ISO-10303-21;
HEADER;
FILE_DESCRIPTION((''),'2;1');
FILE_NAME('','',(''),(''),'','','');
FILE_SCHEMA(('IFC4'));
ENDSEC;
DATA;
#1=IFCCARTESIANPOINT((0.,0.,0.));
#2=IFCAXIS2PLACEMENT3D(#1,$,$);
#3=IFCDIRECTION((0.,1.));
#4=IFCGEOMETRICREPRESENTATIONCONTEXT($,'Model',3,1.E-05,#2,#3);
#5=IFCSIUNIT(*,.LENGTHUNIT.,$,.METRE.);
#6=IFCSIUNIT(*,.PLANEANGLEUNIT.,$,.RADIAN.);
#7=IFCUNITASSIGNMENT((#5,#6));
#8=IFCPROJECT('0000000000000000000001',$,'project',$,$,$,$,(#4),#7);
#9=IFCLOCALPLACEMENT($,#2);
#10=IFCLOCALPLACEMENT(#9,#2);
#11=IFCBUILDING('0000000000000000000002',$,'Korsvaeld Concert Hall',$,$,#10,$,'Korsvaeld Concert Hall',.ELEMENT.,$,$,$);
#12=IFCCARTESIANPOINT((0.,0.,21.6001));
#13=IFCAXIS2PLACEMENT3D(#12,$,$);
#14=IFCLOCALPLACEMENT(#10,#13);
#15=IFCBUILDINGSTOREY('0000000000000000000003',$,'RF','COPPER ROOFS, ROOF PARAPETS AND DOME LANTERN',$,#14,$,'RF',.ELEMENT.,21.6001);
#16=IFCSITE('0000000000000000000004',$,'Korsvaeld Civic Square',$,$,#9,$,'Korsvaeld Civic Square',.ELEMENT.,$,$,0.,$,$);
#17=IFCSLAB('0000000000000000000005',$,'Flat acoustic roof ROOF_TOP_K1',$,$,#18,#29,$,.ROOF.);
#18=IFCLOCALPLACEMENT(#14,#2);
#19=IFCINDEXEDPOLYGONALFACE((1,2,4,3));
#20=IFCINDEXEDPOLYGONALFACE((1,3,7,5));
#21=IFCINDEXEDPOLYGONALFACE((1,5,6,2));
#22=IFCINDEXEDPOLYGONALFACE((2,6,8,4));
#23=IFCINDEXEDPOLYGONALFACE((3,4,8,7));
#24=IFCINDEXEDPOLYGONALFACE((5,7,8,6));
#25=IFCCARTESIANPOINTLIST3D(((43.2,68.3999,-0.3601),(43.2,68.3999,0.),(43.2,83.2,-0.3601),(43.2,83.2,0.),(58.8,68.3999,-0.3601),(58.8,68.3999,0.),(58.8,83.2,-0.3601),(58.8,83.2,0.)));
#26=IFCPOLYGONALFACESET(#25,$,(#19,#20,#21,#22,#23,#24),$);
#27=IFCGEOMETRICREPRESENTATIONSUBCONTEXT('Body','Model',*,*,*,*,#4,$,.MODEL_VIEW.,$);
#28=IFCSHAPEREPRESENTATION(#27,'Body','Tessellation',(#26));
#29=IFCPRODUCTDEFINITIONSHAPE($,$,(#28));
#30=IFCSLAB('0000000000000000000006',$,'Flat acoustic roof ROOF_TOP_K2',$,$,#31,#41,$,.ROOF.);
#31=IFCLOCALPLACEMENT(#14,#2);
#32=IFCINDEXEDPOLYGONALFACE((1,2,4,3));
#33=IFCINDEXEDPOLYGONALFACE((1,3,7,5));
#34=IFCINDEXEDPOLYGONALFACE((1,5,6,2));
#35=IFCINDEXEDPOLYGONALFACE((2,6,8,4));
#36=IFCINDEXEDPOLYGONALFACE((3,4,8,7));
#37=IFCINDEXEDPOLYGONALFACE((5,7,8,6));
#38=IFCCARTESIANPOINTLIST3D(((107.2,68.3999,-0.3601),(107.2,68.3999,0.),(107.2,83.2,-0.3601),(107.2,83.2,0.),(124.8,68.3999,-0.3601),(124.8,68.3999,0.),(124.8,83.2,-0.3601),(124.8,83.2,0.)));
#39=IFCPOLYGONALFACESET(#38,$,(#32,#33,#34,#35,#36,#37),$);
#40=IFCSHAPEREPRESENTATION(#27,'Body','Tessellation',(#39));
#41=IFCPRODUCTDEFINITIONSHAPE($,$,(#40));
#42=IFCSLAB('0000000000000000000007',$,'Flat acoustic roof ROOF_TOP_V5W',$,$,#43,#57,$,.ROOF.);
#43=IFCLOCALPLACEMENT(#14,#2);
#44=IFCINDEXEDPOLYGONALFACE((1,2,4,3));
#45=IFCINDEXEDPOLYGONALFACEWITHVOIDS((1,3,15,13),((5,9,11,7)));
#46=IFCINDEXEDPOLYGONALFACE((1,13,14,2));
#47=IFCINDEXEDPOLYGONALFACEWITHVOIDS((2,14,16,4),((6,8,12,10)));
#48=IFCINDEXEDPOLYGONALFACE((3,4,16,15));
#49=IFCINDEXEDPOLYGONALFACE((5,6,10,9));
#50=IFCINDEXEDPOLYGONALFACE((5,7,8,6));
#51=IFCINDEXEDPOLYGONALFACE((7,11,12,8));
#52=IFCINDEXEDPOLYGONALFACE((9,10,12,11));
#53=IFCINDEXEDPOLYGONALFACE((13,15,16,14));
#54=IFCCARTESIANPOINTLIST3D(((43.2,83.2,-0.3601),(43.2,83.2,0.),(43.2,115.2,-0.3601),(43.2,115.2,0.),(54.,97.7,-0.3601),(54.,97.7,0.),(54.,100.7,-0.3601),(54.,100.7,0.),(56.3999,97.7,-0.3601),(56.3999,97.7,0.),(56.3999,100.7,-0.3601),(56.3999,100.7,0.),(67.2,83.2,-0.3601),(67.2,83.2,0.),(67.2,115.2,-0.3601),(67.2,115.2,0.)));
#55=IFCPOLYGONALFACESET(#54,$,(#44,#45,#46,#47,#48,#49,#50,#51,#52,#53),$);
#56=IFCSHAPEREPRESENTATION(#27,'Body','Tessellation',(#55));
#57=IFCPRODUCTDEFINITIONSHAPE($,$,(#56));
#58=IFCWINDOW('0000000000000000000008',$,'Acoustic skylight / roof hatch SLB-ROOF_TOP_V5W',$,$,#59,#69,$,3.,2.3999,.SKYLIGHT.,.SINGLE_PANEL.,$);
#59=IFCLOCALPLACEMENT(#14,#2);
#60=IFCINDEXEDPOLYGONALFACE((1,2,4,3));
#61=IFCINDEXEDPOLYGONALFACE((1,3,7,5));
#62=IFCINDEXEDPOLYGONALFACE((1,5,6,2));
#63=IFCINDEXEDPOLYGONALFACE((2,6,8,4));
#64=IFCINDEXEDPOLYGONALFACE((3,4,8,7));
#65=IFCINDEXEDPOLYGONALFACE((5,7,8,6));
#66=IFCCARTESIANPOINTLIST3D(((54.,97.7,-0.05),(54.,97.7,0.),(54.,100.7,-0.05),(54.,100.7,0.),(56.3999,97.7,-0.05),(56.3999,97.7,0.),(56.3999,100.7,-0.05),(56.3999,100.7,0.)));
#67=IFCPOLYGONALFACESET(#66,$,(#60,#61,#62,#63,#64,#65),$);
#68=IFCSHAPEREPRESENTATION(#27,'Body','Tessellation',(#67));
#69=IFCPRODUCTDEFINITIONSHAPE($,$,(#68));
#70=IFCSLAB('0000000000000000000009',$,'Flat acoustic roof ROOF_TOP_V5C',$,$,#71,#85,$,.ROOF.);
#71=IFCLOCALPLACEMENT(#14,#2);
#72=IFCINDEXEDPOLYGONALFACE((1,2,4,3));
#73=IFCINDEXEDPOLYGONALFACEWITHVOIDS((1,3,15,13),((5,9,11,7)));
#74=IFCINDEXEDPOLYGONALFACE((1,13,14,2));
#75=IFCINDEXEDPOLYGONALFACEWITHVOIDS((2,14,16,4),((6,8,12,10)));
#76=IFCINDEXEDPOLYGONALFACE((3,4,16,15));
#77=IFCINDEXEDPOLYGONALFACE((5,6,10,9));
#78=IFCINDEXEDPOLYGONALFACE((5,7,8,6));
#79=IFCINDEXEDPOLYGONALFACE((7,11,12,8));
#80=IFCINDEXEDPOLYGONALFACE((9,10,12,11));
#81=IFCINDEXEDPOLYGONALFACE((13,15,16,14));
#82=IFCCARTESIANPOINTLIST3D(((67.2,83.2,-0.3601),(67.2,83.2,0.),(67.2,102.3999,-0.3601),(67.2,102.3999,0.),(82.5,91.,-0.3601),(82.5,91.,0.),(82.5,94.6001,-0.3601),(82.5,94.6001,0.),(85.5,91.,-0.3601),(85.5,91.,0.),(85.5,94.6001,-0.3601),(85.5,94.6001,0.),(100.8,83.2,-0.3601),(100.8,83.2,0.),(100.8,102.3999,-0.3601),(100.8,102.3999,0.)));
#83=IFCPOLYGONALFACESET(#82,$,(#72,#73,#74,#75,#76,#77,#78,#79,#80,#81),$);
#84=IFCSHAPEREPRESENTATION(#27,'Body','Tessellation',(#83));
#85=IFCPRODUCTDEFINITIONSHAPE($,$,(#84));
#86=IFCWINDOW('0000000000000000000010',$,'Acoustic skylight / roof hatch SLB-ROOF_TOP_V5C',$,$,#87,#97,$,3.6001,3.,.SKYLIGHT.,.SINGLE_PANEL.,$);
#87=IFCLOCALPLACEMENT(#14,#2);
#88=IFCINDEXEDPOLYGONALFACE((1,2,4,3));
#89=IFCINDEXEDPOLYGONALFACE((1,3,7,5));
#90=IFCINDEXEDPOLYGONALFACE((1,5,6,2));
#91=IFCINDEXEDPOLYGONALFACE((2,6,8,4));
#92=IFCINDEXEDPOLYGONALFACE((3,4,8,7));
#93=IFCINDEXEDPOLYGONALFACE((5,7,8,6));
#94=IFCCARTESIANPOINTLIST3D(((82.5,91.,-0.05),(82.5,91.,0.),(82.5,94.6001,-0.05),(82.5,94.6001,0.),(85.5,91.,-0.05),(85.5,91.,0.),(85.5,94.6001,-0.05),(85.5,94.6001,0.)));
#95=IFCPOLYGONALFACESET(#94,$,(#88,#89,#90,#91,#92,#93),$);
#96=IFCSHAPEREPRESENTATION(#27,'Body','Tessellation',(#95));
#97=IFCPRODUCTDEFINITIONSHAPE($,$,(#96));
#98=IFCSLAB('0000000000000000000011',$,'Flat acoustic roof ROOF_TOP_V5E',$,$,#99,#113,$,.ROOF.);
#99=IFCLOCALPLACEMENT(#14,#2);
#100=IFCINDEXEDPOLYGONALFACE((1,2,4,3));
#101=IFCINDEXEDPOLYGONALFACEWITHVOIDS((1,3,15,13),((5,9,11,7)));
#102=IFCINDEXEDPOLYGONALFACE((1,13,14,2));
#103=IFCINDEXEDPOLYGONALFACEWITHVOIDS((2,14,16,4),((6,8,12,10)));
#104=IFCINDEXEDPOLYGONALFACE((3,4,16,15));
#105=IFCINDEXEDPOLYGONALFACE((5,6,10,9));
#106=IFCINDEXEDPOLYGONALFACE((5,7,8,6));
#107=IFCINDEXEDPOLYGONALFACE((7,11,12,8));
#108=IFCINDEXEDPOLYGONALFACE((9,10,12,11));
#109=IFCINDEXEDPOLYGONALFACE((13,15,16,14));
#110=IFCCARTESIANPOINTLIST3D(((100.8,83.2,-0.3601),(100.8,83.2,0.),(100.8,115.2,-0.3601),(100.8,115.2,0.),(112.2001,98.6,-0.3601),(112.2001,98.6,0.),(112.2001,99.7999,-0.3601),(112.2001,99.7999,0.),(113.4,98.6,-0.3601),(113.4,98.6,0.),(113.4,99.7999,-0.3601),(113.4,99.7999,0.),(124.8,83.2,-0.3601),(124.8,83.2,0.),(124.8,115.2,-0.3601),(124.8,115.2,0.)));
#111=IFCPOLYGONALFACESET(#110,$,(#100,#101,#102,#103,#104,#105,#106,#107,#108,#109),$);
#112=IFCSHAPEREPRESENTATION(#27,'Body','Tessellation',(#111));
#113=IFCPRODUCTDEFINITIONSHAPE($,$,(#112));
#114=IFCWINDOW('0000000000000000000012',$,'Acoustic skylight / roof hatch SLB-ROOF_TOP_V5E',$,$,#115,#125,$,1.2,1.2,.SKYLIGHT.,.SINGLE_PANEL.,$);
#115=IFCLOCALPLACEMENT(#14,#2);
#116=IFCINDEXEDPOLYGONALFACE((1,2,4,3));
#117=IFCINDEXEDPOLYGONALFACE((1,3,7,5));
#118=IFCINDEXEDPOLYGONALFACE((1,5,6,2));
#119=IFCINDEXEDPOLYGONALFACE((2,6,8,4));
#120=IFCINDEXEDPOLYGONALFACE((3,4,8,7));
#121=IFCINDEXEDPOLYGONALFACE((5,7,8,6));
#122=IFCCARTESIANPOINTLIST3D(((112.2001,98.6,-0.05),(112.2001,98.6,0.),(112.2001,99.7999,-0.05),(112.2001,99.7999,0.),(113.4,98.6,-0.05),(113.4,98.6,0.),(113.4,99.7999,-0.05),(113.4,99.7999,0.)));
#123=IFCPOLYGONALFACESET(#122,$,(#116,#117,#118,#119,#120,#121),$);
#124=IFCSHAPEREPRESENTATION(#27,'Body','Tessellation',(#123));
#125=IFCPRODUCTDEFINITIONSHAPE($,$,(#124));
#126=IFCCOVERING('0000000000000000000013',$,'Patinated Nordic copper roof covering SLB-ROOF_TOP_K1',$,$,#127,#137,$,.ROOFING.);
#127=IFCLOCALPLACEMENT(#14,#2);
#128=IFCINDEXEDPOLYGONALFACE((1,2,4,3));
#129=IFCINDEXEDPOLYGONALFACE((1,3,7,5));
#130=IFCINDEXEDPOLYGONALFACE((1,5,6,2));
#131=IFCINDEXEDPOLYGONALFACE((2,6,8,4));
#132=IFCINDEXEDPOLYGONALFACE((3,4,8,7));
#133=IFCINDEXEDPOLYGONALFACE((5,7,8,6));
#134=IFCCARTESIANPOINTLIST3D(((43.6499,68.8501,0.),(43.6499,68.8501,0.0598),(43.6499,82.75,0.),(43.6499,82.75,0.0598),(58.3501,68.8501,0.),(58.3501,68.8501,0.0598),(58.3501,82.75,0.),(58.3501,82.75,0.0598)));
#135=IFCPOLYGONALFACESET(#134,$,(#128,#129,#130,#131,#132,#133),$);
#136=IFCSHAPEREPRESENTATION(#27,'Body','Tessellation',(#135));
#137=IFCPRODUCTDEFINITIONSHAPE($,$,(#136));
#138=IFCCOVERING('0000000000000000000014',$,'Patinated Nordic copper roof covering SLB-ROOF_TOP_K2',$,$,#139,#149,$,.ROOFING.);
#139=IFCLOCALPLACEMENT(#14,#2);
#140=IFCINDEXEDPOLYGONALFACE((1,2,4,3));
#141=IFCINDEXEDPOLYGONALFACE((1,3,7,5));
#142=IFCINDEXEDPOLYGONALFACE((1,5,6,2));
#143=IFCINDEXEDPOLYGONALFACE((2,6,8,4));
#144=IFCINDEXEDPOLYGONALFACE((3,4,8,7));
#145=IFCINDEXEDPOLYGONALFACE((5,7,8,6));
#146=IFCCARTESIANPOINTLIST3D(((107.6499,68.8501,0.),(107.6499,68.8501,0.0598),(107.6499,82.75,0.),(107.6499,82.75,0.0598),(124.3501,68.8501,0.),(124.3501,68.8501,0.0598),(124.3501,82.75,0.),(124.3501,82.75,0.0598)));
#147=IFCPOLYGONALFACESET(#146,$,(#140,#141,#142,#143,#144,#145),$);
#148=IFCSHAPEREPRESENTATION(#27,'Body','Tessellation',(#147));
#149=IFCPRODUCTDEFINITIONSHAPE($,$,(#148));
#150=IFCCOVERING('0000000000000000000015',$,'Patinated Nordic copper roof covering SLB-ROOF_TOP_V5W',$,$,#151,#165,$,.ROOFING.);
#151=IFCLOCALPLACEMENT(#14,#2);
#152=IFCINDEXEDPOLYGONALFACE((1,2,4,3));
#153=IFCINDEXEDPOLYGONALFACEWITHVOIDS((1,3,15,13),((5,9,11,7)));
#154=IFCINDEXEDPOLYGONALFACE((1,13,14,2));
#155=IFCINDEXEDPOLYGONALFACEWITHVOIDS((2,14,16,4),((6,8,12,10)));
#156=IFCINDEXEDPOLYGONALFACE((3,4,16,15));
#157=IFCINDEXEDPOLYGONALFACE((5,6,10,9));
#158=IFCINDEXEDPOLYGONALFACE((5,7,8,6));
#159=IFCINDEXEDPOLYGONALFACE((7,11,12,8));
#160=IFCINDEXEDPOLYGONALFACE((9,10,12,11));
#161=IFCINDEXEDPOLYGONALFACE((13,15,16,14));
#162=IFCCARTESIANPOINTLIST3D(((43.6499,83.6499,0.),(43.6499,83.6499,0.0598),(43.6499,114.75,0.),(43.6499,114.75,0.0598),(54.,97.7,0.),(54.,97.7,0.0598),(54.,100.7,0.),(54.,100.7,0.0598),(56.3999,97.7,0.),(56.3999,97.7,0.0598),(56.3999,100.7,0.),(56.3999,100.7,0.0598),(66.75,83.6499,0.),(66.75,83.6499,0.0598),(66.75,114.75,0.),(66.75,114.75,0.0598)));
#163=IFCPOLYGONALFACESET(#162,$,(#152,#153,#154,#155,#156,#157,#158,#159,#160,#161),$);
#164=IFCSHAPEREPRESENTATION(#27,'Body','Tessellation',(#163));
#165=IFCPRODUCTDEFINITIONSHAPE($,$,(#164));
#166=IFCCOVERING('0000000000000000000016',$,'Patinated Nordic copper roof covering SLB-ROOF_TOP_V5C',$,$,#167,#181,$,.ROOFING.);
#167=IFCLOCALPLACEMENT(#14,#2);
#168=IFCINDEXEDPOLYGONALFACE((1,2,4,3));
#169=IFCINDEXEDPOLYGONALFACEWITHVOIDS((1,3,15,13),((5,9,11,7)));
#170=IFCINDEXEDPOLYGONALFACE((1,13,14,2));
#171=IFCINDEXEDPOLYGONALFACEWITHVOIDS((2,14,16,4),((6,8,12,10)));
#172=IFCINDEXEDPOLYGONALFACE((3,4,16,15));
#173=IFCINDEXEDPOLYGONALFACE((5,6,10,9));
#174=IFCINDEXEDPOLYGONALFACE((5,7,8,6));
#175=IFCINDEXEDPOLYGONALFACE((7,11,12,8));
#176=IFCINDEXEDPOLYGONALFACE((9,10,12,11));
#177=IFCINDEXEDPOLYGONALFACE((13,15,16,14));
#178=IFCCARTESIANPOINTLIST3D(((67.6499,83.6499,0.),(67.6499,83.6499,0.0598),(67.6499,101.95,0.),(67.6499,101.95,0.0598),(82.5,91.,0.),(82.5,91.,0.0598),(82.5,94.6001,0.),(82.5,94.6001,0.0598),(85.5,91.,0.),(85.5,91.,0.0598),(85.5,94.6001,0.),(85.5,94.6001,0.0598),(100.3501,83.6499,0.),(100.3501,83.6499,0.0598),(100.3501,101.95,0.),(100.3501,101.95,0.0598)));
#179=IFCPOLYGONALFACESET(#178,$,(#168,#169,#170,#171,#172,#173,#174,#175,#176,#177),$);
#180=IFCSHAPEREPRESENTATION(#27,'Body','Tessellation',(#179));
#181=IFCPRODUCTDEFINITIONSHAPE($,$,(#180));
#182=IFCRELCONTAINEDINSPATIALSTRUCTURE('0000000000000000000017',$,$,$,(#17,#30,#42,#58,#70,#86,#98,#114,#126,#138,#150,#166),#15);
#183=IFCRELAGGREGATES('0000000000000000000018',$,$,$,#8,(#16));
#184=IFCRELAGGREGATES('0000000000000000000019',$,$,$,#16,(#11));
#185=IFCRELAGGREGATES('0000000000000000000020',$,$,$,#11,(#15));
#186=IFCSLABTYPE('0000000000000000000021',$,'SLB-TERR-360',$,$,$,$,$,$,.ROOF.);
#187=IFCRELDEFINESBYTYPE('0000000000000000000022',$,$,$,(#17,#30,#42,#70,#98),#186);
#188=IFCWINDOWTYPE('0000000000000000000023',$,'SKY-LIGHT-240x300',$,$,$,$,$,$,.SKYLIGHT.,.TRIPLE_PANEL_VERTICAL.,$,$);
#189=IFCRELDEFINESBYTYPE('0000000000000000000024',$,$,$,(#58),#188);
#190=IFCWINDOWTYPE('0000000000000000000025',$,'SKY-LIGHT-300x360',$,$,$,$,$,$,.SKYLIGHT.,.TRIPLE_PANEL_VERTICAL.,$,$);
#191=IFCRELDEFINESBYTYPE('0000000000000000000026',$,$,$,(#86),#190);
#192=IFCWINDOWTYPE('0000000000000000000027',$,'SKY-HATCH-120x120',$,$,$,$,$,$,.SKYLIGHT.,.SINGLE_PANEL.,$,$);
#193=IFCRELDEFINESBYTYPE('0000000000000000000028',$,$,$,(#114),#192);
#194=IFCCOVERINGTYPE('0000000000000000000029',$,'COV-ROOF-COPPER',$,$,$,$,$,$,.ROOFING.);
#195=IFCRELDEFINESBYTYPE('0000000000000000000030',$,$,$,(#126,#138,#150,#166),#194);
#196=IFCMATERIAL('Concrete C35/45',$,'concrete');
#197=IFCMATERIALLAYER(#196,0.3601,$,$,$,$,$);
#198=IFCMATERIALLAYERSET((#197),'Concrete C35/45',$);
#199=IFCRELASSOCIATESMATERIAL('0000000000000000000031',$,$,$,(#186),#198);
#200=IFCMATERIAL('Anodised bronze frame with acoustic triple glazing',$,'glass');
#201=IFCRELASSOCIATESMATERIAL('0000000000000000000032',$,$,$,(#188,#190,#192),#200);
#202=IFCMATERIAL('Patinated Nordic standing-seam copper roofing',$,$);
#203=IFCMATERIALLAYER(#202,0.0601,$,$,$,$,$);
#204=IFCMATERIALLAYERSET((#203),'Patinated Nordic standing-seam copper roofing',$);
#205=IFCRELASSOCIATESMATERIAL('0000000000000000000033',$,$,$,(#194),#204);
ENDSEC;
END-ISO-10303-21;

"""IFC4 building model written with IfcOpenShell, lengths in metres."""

from ifc_helpers import new_model, si_unit, direction, frame, origin, origin_2d, place, context, subcontext, project, spatial, polyline, rectangle, outline, extrude, material, layer, layer_set, type_object, element, fill, save


model = new_model("IFC4")

# Units and contexts
model_context = context("Model", 3, precision=1e-05, world=origin(), true_north=direction((0.0, 1.0)))
body_context = subcontext(model_context, "Body", "Model", "MODEL_VIEW")
ifc_project = project(units=[si_unit("LENGTHUNIT", "METRE"), si_unit("PLANEANGLEUNIT", "RADIAN")], contexts=[model_context])

# Site, building, storey
site_placement = place(None, origin())
site = spatial("IfcSite", under=ifc_project, at=site_placement, Name="Korsvaeld Civic Square", LongName="Korsvaeld Civic Square", CompositionType="ELEMENT", RefElevation=0.0)
building_placement = place(site_placement, origin())
building = spatial("IfcBuilding", under=site, at=building_placement, Name="Korsvaeld Concert Hall", LongName="Korsvaeld Concert Hall", CompositionType="ELEMENT")
storey_placement = place(building_placement, frame((0.0, 0.0, 21.6001)))
storey = spatial("IfcBuildingStorey", under=building, at=storey_placement, Name="RF", Description="COPPER ROOFS, ROOF PARAPETS AND DOME LANTERN", LongName="RF", CompositionType="ELEMENT", Elevation=21.6001)

# Slabs
ifc_material_1 = material(Name="Concrete C35/45", Category="concrete")
ifc_layer_1 = layer(ifc_material_1, 0.3601)
ifc_layer_set_1 = layer_set([ifc_layer_1], Name="Concrete C35/45")
slab_type = type_object("IfcSlabType", Name="SLB-TERR-360", PredefinedType="ROOF", material=ifc_layer_set_1)
slab_1_placement = place(storey_placement, frame((0.0, 0.0, -0.3601)))
element("IfcSlab", 1, at=slab_1_placement, inside=storey, type_object=slab_type, Name="Flat acoustic roof ROOF_TOP_K1", PredefinedType="ROOF", context=body_context, shape_type="SweptSolid", body=[
    extrude(outline(polyline([(43.2, 68.3999), (43.2, 83.2), (58.8, 83.2), (58.8, 68.3999), (43.2, 68.3999)])), origin(), (0.0, 0.0, 1.0), 0.3601),
])
slab_2_placement = place(storey_placement, frame((0.0, 0.0, -0.3601)))
element("IfcSlab", 2, at=slab_2_placement, inside=storey, type_object=slab_type, Name="Flat acoustic roof ROOF_TOP_K2", PredefinedType="ROOF", context=body_context, shape_type="SweptSolid", body=[
    extrude(outline(polyline([(107.2, 68.3999), (107.2, 83.2), (124.8, 83.2), (124.8, 68.3999), (107.2, 68.3999)])), origin(), (0.0, 0.0, 1.0), 0.3601),
])

# Slabs, openings, windows
slab_3_placement = place(storey_placement, frame((0.0, 0.0, -0.3601)))
slab_3 = element("IfcSlab", 3, at=slab_3_placement, inside=storey, type_object=slab_type, Name="Flat acoustic roof ROOF_TOP_V5W", PredefinedType="ROOF", context=body_context, shape_type="SweptSolid", body=[
    extrude(outline(polyline([(43.2, 83.2), (43.2, 115.2), (67.2, 115.2), (67.2, 83.2), (43.2, 83.2)])), origin(), (0.0, 0.0, 1.0), 0.3601),
])
opening_1_placement = place(slab_3_placement, frame((55.2, 99.2, -0.01)))
opening_1 = element("IfcOpeningElement", 4, at=opening_1_placement, cuts=slab_3, PredefinedType="OPENING", context=body_context, shape_type="SweptSolid", body=[
    extrude(rectangle(XDim=2.3999, YDim=3.0, at=origin_2d()), origin(), (0.0, 0.0, 1.0), 0.3801),
])
ifc_material_2 = material(Name="Anodised bronze frame with acoustic triple glazing", Category="glass")
window_type_1 = type_object("IfcWindowType", Name="SKY-LIGHT-240x300", PartitioningType="TRIPLE_PANEL_VERTICAL", PredefinedType="SKYLIGHT", material=ifc_material_2)
window_1_placement = place(slab_3_placement, frame((55.2, 99.2, 0.3101)))
window_1 = element("IfcWindow", 5, at=window_1_placement, inside=storey, type_object=window_type_1, Name="Acoustic skylight / roof hatch SLB-ROOF_TOP_V5W", OverallHeight=3.0, OverallWidth=2.3999, PartitioningType="SINGLE_PANEL", PredefinedType="SKYLIGHT", context=body_context, shape_type="SweptSolid", body=[
    extrude(rectangle(XDim=2.3999, YDim=3.0, at=origin_2d()), origin(), (0.0, 0.0, 1.0), 0.05),
])
fill(opening_1, window_1)
slab_4_placement = place(storey_placement, frame((0.0, 0.0, -0.3601)))
slab_4 = element("IfcSlab", 6, at=slab_4_placement, inside=storey, type_object=slab_type, Name="Flat acoustic roof ROOF_TOP_V5C", PredefinedType="ROOF", context=body_context, shape_type="SweptSolid", body=[
    extrude(outline(polyline([(67.2, 83.2), (67.2, 102.3999), (100.8, 102.3999), (100.8, 83.2), (67.2, 83.2)])), origin(), (0.0, 0.0, 1.0), 0.3601),
])
opening_2_placement = place(slab_4_placement, frame((84.0, 92.8, -0.01)))
opening_2 = element("IfcOpeningElement", 7, at=opening_2_placement, cuts=slab_4, PredefinedType="OPENING", context=body_context, shape_type="SweptSolid", body=[
    extrude(rectangle(XDim=3.0, YDim=3.6001, at=origin_2d()), origin(), (0.0, 0.0, 1.0), 0.3801),
])
window_type_2 = type_object("IfcWindowType", Name="SKY-LIGHT-300x360", PartitioningType="TRIPLE_PANEL_VERTICAL", PredefinedType="SKYLIGHT", material=ifc_material_2)
window_2_placement = place(slab_4_placement, frame((84.0, 92.8, 0.3101)))
window_2 = element("IfcWindow", 8, at=window_2_placement, inside=storey, type_object=window_type_2, Name="Acoustic skylight / roof hatch SLB-ROOF_TOP_V5C", OverallHeight=3.6001, OverallWidth=3.0, PartitioningType="SINGLE_PANEL", PredefinedType="SKYLIGHT", context=body_context, shape_type="SweptSolid", body=[
    extrude(rectangle(XDim=3.0, YDim=3.6001, at=origin_2d()), origin(), (0.0, 0.0, 1.0), 0.05),
])
fill(opening_2, window_2)
slab_5_placement = place(storey_placement, frame((0.0, 0.0, -0.3601)))
slab_5 = element("IfcSlab", 9, at=slab_5_placement, inside=storey, type_object=slab_type, Name="Flat acoustic roof ROOF_TOP_V5E", PredefinedType="ROOF", context=body_context, shape_type="SweptSolid", body=[
    extrude(outline(polyline([(100.8, 83.2), (100.8, 115.2), (124.8, 115.2), (124.8, 83.2), (100.8, 83.2)])), origin(), (0.0, 0.0, 1.0), 0.3601),
])
opening_3_placement = place(slab_5_placement, frame((112.8, 99.2, -0.01)))
opening_3 = element("IfcOpeningElement", 10, at=opening_3_placement, cuts=slab_5, PredefinedType="OPENING", context=body_context, shape_type="SweptSolid", body=[
    extrude(rectangle(XDim=1.2, YDim=1.2, at=origin_2d()), origin(), (0.0, 0.0, 1.0), 0.3801),
])
window_type_3 = type_object("IfcWindowType", Name="SKY-HATCH-120x120", PartitioningType="SINGLE_PANEL", PredefinedType="SKYLIGHT", material=ifc_material_2)
window_3_placement = place(slab_5_placement, frame((112.8, 99.2, 0.3101)))
window_3 = element("IfcWindow", 11, at=window_3_placement, inside=storey, type_object=window_type_3, Name="Acoustic skylight / roof hatch SLB-ROOF_TOP_V5E", OverallHeight=1.2, OverallWidth=1.2, PartitioningType="SINGLE_PANEL", PredefinedType="SKYLIGHT", context=body_context, shape_type="SweptSolid", body=[
    extrude(rectangle(XDim=1.2, YDim=1.2, at=origin_2d()), origin(), (0.0, 0.0, 1.0), 0.05),
])
fill(opening_3, window_3)

# Coverings
ifc_material_3 = material(Name="Patinated Nordic standing-seam copper roofing")
ifc_layer_2 = layer(ifc_material_3, 0.0601)
ifc_layer_set_2 = layer_set([ifc_layer_2], Name="Patinated Nordic standing-seam copper roofing")
covering_type = type_object("IfcCoveringType", Name="COV-ROOF-COPPER", PredefinedType="ROOFING", material=ifc_layer_set_2)
covering_1_placement = place(storey_placement, origin())
element("IfcCovering", 12, at=covering_1_placement, inside=storey, type_object=covering_type, Name="Patinated Nordic copper roof covering SLB-ROOF_TOP_K1", PredefinedType="ROOFING", context=body_context, shape_type="SweptSolid", body=[
    extrude(outline(polyline([(43.6499, 68.8501), (43.6499, 82.75), (58.3501, 82.75), (58.3501, 68.8501), (43.6499, 68.8501)])), origin(), (0.0, 0.0, 1.0), 0.0598),
])
covering_2_placement = place(storey_placement, origin())
element("IfcCovering", 13, at=covering_2_placement, inside=storey, type_object=covering_type, Name="Patinated Nordic copper roof covering SLB-ROOF_TOP_K2", PredefinedType="ROOFING", context=body_context, shape_type="SweptSolid", body=[
    extrude(outline(polyline([(107.6499, 68.8501), (107.6499, 82.75), (124.3501, 82.75), (124.3501, 68.8501), (107.6499, 68.8501)])), origin(), (0.0, 0.0, 1.0), 0.0598),
])
covering_3_placement = place(storey_placement, origin())
element("IfcCovering", 14, at=covering_3_placement, inside=storey, type_object=covering_type, Name="Patinated Nordic copper roof covering SLB-ROOF_TOP_V5W", PredefinedType="ROOFING", context=body_context, shape_type="SweptSolid", body=[
    extrude(outline(polyline([(43.6499, 83.6499), (43.6499, 114.75), (66.75, 114.75), (66.75, 83.6499), (43.6499, 83.6499)]), holes=[polyline([(54.0, 97.7), (56.3999, 97.7), (56.3999, 100.7), (54.0, 100.7), (54.0, 97.7)])]), origin(), (0.0, 0.0, 1.0), 0.0598),
])
covering_4_placement = place(storey_placement, origin())
element("IfcCovering", 15, at=covering_4_placement, inside=storey, type_object=covering_type, Name="Patinated Nordic copper roof covering SLB-ROOF_TOP_V5C", PredefinedType="ROOFING", context=body_context, shape_type="SweptSolid", body=[
    extrude(outline(polyline([(67.6499, 83.6499), (67.6499, 101.95), (100.3501, 101.95), (100.3501, 83.6499), (67.6499, 83.6499)]), holes=[polyline([(82.5, 91.0), (85.5, 91.0), (85.5, 94.6001), (82.5, 94.6001), (82.5, 91.0)])]), origin(), (0.0, 0.0, 1.0), 0.0598),
])

save(model, "model.ifc")
